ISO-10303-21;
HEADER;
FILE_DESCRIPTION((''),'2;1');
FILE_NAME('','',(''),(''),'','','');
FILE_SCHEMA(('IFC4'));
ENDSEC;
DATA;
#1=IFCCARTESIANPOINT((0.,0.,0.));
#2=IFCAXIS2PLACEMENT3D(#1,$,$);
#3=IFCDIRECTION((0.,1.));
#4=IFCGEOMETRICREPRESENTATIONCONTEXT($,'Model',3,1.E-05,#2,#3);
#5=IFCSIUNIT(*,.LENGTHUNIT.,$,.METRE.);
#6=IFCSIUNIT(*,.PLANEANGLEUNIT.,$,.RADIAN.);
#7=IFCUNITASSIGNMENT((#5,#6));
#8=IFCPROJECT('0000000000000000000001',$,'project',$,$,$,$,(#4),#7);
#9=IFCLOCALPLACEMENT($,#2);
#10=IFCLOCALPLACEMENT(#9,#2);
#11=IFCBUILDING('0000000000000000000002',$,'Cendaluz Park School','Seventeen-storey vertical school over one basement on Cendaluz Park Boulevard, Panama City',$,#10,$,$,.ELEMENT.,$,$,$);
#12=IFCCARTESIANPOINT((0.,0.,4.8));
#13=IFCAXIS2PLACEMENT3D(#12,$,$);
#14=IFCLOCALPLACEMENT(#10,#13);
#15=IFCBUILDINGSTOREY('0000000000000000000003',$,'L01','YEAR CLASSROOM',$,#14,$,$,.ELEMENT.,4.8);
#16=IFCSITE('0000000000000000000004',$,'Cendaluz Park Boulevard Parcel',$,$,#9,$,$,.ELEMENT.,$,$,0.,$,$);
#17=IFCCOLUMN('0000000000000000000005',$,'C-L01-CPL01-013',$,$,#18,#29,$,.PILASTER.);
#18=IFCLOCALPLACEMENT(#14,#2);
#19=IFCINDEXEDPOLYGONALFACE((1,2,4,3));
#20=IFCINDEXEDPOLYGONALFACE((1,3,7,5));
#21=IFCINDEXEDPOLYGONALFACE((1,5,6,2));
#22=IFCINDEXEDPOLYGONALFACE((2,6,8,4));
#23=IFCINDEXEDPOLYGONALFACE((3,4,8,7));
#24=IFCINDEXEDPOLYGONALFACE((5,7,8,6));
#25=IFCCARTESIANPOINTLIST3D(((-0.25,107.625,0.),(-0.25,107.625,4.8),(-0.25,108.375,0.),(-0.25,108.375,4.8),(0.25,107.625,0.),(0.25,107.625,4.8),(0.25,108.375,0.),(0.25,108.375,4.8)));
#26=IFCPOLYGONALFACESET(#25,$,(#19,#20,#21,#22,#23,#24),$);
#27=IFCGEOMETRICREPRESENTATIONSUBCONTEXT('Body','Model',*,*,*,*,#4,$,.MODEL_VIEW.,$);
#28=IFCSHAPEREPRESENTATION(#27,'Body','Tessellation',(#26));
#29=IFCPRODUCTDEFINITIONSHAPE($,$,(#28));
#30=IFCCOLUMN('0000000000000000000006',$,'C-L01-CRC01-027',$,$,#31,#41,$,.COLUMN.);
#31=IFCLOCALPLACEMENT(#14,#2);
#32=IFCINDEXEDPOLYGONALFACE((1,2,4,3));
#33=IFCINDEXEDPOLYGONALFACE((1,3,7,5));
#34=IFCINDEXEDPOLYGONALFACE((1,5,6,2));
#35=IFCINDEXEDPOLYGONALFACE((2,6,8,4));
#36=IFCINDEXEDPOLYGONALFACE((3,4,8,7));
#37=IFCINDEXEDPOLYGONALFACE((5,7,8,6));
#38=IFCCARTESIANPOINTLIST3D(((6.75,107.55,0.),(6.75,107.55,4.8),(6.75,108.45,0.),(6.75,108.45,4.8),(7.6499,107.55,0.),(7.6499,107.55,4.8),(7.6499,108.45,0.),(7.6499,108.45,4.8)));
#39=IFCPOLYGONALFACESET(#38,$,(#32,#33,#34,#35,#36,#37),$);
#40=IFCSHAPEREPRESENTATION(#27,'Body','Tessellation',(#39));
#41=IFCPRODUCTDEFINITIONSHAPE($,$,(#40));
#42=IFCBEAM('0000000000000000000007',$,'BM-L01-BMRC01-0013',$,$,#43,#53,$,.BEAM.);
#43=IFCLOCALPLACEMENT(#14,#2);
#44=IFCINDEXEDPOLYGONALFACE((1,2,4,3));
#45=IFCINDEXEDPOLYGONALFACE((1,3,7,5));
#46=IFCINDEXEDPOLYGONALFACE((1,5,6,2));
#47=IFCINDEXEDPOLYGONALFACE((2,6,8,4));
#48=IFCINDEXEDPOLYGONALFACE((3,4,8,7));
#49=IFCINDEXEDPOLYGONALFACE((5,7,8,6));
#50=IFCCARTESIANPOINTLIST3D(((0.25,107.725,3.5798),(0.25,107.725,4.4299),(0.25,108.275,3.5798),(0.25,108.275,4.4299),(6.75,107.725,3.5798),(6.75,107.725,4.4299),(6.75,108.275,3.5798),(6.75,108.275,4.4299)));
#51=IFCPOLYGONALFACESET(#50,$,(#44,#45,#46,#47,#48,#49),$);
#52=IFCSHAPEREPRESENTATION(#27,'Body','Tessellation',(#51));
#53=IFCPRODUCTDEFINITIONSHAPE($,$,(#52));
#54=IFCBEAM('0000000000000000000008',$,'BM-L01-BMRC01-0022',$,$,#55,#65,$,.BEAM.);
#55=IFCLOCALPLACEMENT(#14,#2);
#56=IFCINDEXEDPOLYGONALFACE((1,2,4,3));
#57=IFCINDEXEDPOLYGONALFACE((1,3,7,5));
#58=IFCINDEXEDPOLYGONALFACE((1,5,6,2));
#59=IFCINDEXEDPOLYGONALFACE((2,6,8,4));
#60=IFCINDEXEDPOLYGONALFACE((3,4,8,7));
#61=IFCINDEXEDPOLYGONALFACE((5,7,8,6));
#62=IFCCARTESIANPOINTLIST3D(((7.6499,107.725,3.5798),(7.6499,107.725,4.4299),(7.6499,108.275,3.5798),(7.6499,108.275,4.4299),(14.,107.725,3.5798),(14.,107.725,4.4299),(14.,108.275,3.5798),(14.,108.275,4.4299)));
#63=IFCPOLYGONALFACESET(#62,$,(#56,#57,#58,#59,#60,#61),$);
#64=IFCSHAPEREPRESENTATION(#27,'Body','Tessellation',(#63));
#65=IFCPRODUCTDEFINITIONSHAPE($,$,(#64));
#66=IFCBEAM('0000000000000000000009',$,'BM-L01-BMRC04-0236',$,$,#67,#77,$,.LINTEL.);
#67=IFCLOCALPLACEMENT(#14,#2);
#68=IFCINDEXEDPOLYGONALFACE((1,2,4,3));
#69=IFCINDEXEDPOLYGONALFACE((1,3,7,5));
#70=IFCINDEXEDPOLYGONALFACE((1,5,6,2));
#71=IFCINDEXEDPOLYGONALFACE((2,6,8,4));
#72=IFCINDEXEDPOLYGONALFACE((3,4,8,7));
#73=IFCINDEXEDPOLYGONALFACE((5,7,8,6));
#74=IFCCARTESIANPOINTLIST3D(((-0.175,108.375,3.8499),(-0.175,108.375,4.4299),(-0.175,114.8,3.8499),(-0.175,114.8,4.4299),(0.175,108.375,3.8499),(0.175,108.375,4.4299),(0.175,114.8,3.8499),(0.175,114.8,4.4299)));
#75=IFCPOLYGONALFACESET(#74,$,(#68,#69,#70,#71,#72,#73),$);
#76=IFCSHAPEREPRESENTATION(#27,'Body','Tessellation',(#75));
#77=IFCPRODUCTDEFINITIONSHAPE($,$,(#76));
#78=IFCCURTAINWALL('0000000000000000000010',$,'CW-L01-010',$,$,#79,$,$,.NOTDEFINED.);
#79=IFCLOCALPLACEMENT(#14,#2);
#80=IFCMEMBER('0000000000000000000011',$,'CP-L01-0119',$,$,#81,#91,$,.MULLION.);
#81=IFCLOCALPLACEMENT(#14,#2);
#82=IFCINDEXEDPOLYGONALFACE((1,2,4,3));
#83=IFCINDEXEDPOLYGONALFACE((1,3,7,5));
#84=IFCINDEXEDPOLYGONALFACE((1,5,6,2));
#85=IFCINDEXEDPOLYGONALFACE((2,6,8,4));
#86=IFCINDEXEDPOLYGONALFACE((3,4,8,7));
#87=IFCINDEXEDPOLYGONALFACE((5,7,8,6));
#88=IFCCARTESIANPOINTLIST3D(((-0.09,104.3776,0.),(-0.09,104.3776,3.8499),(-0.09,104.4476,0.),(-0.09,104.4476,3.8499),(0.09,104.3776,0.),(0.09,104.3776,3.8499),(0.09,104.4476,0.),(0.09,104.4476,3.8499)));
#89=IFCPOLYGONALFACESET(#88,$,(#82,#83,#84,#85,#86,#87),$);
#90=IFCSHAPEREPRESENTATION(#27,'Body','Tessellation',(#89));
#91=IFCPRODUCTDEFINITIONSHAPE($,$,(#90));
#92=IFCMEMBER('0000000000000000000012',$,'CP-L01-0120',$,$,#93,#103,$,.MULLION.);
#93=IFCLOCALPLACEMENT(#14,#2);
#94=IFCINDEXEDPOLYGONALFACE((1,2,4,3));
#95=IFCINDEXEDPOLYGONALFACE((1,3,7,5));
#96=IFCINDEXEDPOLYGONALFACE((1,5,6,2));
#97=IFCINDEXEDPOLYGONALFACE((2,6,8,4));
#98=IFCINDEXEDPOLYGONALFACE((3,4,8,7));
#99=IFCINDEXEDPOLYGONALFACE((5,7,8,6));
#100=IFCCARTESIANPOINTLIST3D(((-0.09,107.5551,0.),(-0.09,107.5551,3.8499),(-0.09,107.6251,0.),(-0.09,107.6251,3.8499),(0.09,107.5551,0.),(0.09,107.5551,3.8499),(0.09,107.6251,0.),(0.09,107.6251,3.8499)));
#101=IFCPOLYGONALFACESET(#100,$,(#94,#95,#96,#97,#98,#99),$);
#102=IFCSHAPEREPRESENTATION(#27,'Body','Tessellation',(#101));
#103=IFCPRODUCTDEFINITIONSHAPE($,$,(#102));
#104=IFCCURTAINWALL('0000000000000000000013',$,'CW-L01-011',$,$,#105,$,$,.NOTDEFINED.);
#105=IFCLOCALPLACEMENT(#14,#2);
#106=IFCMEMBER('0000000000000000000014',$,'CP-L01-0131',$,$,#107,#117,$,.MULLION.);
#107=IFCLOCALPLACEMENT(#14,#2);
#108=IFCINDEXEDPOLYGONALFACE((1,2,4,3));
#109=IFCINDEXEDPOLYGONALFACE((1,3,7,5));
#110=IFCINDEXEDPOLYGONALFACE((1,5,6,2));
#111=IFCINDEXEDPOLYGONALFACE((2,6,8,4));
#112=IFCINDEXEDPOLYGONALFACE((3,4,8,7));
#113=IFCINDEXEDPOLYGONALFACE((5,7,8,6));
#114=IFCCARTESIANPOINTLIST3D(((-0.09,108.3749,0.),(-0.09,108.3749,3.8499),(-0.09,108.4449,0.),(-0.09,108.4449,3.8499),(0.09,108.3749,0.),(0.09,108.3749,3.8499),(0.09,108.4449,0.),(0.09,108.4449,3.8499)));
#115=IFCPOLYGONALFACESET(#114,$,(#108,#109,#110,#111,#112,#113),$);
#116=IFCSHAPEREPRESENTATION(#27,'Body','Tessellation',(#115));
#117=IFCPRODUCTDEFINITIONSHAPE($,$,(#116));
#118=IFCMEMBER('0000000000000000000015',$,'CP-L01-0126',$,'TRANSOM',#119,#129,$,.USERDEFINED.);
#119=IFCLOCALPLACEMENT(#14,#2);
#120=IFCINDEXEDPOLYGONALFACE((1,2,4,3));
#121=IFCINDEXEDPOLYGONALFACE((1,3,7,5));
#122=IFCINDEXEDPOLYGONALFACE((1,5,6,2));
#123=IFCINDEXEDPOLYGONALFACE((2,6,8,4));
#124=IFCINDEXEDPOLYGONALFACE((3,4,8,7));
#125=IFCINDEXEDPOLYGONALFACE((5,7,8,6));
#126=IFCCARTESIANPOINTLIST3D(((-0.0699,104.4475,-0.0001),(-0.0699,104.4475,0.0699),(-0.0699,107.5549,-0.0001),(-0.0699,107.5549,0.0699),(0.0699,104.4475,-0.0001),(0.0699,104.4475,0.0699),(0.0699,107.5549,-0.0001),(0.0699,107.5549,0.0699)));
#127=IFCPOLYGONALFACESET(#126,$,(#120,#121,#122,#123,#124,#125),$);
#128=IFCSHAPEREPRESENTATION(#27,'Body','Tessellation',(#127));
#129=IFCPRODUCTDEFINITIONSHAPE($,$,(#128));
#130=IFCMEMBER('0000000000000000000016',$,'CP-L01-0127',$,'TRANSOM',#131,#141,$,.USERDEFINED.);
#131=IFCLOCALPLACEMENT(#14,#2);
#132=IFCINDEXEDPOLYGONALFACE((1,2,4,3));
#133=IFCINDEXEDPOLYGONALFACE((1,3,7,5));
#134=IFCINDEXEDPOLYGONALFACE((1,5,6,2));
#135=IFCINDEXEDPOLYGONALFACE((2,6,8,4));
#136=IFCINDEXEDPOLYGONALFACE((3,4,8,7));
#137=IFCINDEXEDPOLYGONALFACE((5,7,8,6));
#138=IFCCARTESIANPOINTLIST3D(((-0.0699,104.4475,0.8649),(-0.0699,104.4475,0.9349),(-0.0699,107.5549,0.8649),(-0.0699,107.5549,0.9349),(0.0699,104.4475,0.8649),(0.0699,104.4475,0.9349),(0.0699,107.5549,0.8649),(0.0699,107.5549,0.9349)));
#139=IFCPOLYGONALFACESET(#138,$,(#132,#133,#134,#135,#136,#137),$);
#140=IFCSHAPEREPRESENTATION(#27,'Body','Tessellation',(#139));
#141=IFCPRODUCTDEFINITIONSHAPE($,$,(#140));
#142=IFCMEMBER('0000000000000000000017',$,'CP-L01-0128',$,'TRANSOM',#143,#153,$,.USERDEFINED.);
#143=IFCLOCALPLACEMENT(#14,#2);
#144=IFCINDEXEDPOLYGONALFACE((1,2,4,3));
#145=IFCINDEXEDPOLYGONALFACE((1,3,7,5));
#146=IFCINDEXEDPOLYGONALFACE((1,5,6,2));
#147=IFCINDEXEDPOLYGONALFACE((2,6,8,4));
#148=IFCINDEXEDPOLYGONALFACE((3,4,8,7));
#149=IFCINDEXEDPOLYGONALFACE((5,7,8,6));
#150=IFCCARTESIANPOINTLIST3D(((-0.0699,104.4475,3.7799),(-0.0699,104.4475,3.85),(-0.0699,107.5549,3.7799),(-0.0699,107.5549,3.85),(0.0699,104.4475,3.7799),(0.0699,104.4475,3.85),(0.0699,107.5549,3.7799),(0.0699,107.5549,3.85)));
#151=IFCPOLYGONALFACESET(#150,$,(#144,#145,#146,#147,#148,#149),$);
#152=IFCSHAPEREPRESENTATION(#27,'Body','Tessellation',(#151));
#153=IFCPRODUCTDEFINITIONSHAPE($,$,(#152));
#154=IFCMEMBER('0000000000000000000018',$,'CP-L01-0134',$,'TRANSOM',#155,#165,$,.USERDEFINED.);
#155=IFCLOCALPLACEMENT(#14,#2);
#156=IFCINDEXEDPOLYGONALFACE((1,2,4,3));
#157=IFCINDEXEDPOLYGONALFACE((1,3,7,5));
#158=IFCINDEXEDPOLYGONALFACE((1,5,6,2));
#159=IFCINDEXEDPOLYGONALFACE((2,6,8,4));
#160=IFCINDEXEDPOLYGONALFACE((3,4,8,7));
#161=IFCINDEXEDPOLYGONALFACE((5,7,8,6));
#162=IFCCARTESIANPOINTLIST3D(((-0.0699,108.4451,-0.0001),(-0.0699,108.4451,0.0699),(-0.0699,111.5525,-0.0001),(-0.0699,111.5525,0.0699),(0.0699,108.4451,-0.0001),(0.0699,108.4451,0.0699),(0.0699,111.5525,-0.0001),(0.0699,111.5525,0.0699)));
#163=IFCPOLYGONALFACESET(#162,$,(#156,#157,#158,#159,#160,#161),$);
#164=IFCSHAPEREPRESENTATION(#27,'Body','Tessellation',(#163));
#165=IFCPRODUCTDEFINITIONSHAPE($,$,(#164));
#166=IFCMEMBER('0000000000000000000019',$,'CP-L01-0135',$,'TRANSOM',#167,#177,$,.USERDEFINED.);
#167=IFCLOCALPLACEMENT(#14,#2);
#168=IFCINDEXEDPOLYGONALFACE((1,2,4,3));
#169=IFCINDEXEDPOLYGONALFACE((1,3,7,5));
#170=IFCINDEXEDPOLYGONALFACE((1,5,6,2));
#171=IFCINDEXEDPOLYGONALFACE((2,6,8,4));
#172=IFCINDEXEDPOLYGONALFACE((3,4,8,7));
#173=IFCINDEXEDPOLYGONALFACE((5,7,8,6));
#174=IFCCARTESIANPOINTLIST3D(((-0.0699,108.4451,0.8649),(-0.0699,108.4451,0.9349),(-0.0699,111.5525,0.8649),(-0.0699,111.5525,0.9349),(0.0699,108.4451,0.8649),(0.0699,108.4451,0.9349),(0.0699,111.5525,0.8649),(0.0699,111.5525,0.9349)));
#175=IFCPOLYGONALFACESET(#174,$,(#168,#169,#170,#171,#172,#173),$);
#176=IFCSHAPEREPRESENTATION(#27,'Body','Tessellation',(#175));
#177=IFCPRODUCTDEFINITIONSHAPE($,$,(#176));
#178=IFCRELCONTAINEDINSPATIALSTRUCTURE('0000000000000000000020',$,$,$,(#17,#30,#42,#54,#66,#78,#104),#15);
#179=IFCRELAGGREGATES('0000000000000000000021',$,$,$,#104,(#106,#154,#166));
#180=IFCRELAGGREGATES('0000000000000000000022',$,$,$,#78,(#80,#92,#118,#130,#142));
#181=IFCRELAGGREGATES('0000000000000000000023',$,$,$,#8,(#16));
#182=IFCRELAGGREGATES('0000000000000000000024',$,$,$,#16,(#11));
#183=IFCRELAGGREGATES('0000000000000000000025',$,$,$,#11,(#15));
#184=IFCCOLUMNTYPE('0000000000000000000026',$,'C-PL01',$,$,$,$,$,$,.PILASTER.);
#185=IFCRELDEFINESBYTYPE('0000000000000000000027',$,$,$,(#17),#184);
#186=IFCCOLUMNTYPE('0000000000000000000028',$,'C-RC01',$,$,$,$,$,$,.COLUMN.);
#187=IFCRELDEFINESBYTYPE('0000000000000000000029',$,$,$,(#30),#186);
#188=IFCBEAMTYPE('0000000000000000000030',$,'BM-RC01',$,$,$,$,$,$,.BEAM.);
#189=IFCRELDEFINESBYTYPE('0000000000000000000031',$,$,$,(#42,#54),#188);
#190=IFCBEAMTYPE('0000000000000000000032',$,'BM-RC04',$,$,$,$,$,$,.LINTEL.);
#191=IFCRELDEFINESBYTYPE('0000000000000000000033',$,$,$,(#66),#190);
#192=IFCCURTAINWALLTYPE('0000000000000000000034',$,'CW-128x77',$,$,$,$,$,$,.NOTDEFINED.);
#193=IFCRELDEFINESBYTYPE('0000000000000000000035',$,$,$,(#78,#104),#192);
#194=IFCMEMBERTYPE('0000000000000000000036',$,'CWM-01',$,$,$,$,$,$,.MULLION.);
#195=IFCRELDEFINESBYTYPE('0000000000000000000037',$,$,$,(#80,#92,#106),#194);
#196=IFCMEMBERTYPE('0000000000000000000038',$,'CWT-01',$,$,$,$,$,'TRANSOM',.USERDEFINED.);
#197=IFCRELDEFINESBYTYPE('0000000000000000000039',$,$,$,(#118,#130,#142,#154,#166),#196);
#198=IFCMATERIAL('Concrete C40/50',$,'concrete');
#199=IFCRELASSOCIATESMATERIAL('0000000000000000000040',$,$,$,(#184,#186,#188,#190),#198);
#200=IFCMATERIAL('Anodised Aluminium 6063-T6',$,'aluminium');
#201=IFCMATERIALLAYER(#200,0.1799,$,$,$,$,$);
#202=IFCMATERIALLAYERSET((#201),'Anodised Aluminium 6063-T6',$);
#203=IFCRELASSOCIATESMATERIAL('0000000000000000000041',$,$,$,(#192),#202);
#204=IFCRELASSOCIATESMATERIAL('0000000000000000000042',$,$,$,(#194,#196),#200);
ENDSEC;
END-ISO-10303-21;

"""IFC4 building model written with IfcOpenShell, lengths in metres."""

from ifc_helpers import new_model, si_unit, direction, frame, origin, origin_2d, place, context, subcontext, project, spatial, rectangle, extrude, material, layer, layer_set, material_profile, profile_set, type_object, element, aggregate, save


model = new_model("IFC4")

# Units and contexts
model_context = context("Model", 3, precision=1e-05, world=origin(), true_north=direction((0.0, 1.0)))
body_context = subcontext(model_context, "Body", "Model", "MODEL_VIEW")
ifc_project = project(units=[si_unit("LENGTHUNIT", "METRE"), si_unit("PLANEANGLEUNIT", "RADIAN")], contexts=[model_context])

# Site, building, storey
site_placement = place(None, origin())
site = spatial("IfcSite", under=ifc_project, at=site_placement, Name="Cendaluz Park Boulevard Parcel", CompositionType="ELEMENT", RefElevation=0.0)
building_placement = place(site_placement, origin())
building = spatial("IfcBuilding", under=site, at=building_placement, Name="Cendaluz Park School", Description="Seventeen-storey vertical school over one basement on Cendaluz Park Boulevard, Panama City", CompositionType="ELEMENT")
storey_placement = place(building_placement, frame((0.0, 0.0, 4.8)))
storey = spatial("IfcBuildingStorey", under=building, at=storey_placement, Name="L01", Description="YEAR CLASSROOM", CompositionType="ELEMENT", Elevation=4.8)

# Columns
ifc_material_1 = material(Name="Concrete C40/50", Category="concrete")
ifc_material_profile_1 = material_profile(ifc_material_1, rectangle(XDim=0.5, YDim=0.75, at=origin_2d()), Name="RC 500x750", Category="concrete")
ifc_profile_set_1 = profile_set([ifc_material_profile_1], Name="Concrete C40/50")
column_type_1 = type_object("IfcColumnType", Name="C-PL01", PredefinedType="PILASTER", material=ifc_profile_set_1)
column_1_placement = place(storey_placement, frame((0.0, 108.0, 0.0), z_axis=(0.0, 0.0, 1.0), x_axis=(1.0, 0.0, 0.0)))
element("IfcColumn", 1, at=column_1_placement, inside=storey, type_object=column_type_1, Name="C-L01-CPL01-013", PredefinedType="PILASTER", context=body_context, shape_type="SweptSolid", body=[
    extrude(rectangle(XDim=0.5, YDim=0.75, at=origin_2d()), origin(), (0.0, 0.0, 1.0), 4.8),
])
ifc_material_profile_2 = material_profile(ifc_material_1, rectangle(XDim=0.8999, YDim=0.8999, at=origin_2d()), Name="RC 900x900", Category="concrete")
ifc_profile_set_2 = profile_set([ifc_material_profile_2], Name="Concrete C40/50")
column_type_2 = type_object("IfcColumnType", Name="C-RC01", PredefinedType="COLUMN", material=ifc_profile_set_2)
column_2_placement = place(storey_placement, frame((7.2, 108.0, 0.0), z_axis=(0.0, 0.0, 1.0), x_axis=(1.0, 0.0, 0.0)))
element("IfcColumn", 2, at=column_2_placement, inside=storey, type_object=column_type_2, Name="C-L01-CRC01-027", PredefinedType="COLUMN", context=body_context, shape_type="SweptSolid", body=[
    extrude(rectangle(XDim=0.8999, YDim=0.8999, at=origin_2d()), origin(), (0.0, 0.0, 1.0), 4.8),
])

# Beams
ifc_material_profile_3 = material_profile(ifc_material_1, rectangle(XDim=0.55, YDim=0.8501, at=origin_2d()), Name="RC 550x850", Category="concrete")
ifc_profile_set_3 = profile_set([ifc_material_profile_3], Name="Concrete C40/50")
beam_type_1 = type_object("IfcBeamType", Name="BM-RC01", PredefinedType="BEAM", material=ifc_profile_set_3)
beam_1_placement = place(storey_placement, frame((0.25, 108.0, 4.0049), z_axis=(1.0, 0.0, 0.0), x_axis=(0.0, 1.0, 0.0)))
element("IfcBeam", 3, at=beam_1_placement, inside=storey, type_object=beam_type_1, Name="BM-L01-BMRC01-0013", PredefinedType="BEAM", context=body_context, shape_type="SweptSolid", body=[
    extrude(rectangle(XDim=0.55, YDim=0.8501, at=origin_2d()), origin(), (0.0, 0.0, 1.0), 6.5),
])
beam_2_placement = place(storey_placement, frame((7.6499, 108.0, 4.0049), z_axis=(1.0, 0.0, 0.0), x_axis=(0.0, 1.0, 0.0)))
element("IfcBeam", 4, at=beam_2_placement, inside=storey, type_object=beam_type_1, Name="BM-L01-BMRC01-0022", PredefinedType="BEAM", context=body_context, shape_type="SweptSolid", body=[
    extrude(rectangle(XDim=0.55, YDim=0.8501, at=origin_2d()), origin(), (0.0, 0.0, 1.0), 6.3501),
])
ifc_material_profile_4 = material_profile(ifc_material_1, rectangle(XDim=0.3501, YDim=0.5801, at=origin_2d()), Name="RC 350x580", Category="concrete")
ifc_profile_set_4 = profile_set([ifc_material_profile_4], Name="Concrete C40/50")
beam_type_2 = type_object("IfcBeamType", Name="BM-RC04", PredefinedType="LINTEL", material=ifc_profile_set_4)
beam_3_placement = place(storey_placement, frame((0.0, 108.375, 4.1399), z_axis=(0.0, 1.0, 0.0), x_axis=(-1.0, 0.0, 0.0)))
element("IfcBeam", 5, at=beam_3_placement, inside=storey, type_object=beam_type_2, Name="BM-L01-BMRC04-0236", PredefinedType="LINTEL", context=body_context, shape_type="SweptSolid", body=[
    extrude(rectangle(XDim=0.3501, YDim=0.5801, at=origin_2d()), origin(), (0.0, 0.0, 1.0), 6.425),
])

# Curtain wall, members
ifc_material_2 = material(Name="Anodised Aluminium 6063-T6", Category="aluminium")
ifc_layer_1 = layer(ifc_material_2, 0.1799)
ifc_layer_set_1 = layer_set([ifc_layer_1], Name="Anodised Aluminium 6063-T6")
curtain_wall_type = type_object("IfcCurtainWallType", Name="CW-128x77", PredefinedType="NOTDEFINED", material=ifc_layer_set_1)
curtain_wall_1_placement = place(storey_placement, origin())
curtain_wall_1 = element("IfcCurtainWall", 6, at=curtain_wall_1_placement, inside=storey, type_object=curtain_wall_type, Name="CW-L01-010", PredefinedType="NOTDEFINED")
ifc_material_profile_5 = material_profile(ifc_material_2, rectangle(XDim=0.1799, YDim=0.0701, at=origin_2d()), Name="CWM 180x70", Category="aluminium")
ifc_profile_set_5 = profile_set([ifc_material_profile_5], Name="Anodised Aluminium 6063-T6")
member_type_1 = type_object("IfcMemberType", Name="CWM-01", PredefinedType="MULLION", material=ifc_profile_set_5)
member_1_placement = place(storey_placement, frame((0.0, 104.4126, 0.0), z_axis=(0.0, 0.0, 1.0), x_axis=(-1.0, 0.0, 0.0)))
member_1 = element("IfcMember", 7, at=member_1_placement, type_object=member_type_1, Name="CP-L01-0119", PredefinedType="MULLION", context=body_context, shape_type="SweptSolid", body=[
    extrude(rectangle(XDim=0.1799, YDim=0.0701, at=origin_2d()), origin(), (0.0, 0.0, 1.0), 3.8499),
])
member_2_placement = place(storey_placement, frame((0.0, 107.5901, 0.0), z_axis=(0.0, 0.0, 1.0), x_axis=(-1.0, 0.0, 0.0)))
member_2 = element("IfcMember", 8, at=member_2_placement, type_object=member_type_1, Name="CP-L01-0120", PredefinedType="MULLION", context=body_context, shape_type="SweptSolid", body=[
    extrude(rectangle(XDim=0.1799, YDim=0.0701, at=origin_2d()), origin(), (0.0, 0.0, 1.0), 3.8499),
])

# Curtain wall, member
curtain_wall_2_placement = place(storey_placement, origin())
curtain_wall_2 = element("IfcCurtainWall", 9, at=curtain_wall_2_placement, inside=storey, type_object=curtain_wall_type, Name="CW-L01-011", PredefinedType="NOTDEFINED")
member_3_placement = place(storey_placement, frame((0.0, 108.4099, 0.0), z_axis=(0.0, 0.0, 1.0), x_axis=(-1.0, 0.0, 0.0)))
member_3 = element("IfcMember", 10, at=member_3_placement, type_object=member_type_1, Name="CP-L01-0131", PredefinedType="MULLION", context=body_context, shape_type="SweptSolid", body=[
    extrude(rectangle(XDim=0.1799, YDim=0.0701, at=origin_2d()), origin(), (0.0, 0.0, 1.0), 3.8499),
])

# Members
ifc_material_profile_6 = material_profile(ifc_material_2, rectangle(XDim=0.1399, YDim=0.0701, at=origin_2d()), Name="CWT 140x70", Category="aluminium")
ifc_profile_set_6 = profile_set([ifc_material_profile_6], Name="Anodised Aluminium 6063-T6")
member_type_2 = type_object("IfcMemberType", Name="CWT-01", ElementType="TRANSOM", PredefinedType="USERDEFINED", material=ifc_profile_set_6)
member_4_placement = place(storey_placement, frame((0.0, 104.4475, 0.0349), z_axis=(0.0, 1.0, 0.0), x_axis=(-1.0, 0.0, 0.0)))
member_4 = element("IfcMember", 11, at=member_4_placement, type_object=member_type_2, Name="CP-L01-0126", ObjectType="TRANSOM", PredefinedType="USERDEFINED", context=body_context, shape_type="SweptSolid", body=[
    extrude(rectangle(XDim=0.1399, YDim=0.0701, at=origin_2d()), origin(), (0.0, 0.0, 1.0), 3.1074),
])
member_5_placement = place(storey_placement, frame((0.0, 104.4475, 0.8999), z_axis=(0.0, 1.0, 0.0), x_axis=(-1.0, 0.0, 0.0)))
member_5 = element("IfcMember", 12, at=member_5_placement, type_object=member_type_2, Name="CP-L01-0127", ObjectType="TRANSOM", PredefinedType="USERDEFINED", context=body_context, shape_type="SweptSolid", body=[
    extrude(rectangle(XDim=0.1399, YDim=0.0701, at=origin_2d()), origin(), (0.0, 0.0, 1.0), 3.1074),
])
member_6_placement = place(storey_placement, frame((0.0, 104.4475, 3.8149), z_axis=(0.0, 1.0, 0.0), x_axis=(-1.0, 0.0, 0.0)))
member_6 = element("IfcMember", 13, at=member_6_placement, type_object=member_type_2, Name="CP-L01-0128", ObjectType="TRANSOM", PredefinedType="USERDEFINED", context=body_context, shape_type="SweptSolid", body=[
    extrude(rectangle(XDim=0.1399, YDim=0.0701, at=origin_2d()), origin(), (0.0, 0.0, 1.0), 3.1074),
])
member_7_placement = place(storey_placement, frame((0.0, 108.4451, 0.0349), z_axis=(0.0, 1.0, 0.0), x_axis=(-1.0, 0.0, 0.0)))
member_7 = element("IfcMember", 14, at=member_7_placement, type_object=member_type_2, Name="CP-L01-0134", ObjectType="TRANSOM", PredefinedType="USERDEFINED", context=body_context, shape_type="SweptSolid", body=[
    extrude(rectangle(XDim=0.1399, YDim=0.0701, at=origin_2d()), origin(), (0.0, 0.0, 1.0), 3.1074),
])
member_8_placement = place(storey_placement, frame((0.0, 108.4451, 0.8999), z_axis=(0.0, 1.0, 0.0), x_axis=(-1.0, 0.0, 0.0)))
member_8 = element("IfcMember", 15, at=member_8_placement, type_object=member_type_2, Name="CP-L01-0135", ObjectType="TRANSOM", PredefinedType="USERDEFINED", context=body_context, shape_type="SweptSolid", body=[
    extrude(rectangle(XDim=0.1399, YDim=0.0701, at=origin_2d()), origin(), (0.0, 0.0, 1.0), 3.1074),
])
aggregate(curtain_wall_2, [member_3, member_7, member_8])

aggregate(curtain_wall_1, [member_1, member_2, member_4, member_5, member_6])

save(model, "model.ifc")
